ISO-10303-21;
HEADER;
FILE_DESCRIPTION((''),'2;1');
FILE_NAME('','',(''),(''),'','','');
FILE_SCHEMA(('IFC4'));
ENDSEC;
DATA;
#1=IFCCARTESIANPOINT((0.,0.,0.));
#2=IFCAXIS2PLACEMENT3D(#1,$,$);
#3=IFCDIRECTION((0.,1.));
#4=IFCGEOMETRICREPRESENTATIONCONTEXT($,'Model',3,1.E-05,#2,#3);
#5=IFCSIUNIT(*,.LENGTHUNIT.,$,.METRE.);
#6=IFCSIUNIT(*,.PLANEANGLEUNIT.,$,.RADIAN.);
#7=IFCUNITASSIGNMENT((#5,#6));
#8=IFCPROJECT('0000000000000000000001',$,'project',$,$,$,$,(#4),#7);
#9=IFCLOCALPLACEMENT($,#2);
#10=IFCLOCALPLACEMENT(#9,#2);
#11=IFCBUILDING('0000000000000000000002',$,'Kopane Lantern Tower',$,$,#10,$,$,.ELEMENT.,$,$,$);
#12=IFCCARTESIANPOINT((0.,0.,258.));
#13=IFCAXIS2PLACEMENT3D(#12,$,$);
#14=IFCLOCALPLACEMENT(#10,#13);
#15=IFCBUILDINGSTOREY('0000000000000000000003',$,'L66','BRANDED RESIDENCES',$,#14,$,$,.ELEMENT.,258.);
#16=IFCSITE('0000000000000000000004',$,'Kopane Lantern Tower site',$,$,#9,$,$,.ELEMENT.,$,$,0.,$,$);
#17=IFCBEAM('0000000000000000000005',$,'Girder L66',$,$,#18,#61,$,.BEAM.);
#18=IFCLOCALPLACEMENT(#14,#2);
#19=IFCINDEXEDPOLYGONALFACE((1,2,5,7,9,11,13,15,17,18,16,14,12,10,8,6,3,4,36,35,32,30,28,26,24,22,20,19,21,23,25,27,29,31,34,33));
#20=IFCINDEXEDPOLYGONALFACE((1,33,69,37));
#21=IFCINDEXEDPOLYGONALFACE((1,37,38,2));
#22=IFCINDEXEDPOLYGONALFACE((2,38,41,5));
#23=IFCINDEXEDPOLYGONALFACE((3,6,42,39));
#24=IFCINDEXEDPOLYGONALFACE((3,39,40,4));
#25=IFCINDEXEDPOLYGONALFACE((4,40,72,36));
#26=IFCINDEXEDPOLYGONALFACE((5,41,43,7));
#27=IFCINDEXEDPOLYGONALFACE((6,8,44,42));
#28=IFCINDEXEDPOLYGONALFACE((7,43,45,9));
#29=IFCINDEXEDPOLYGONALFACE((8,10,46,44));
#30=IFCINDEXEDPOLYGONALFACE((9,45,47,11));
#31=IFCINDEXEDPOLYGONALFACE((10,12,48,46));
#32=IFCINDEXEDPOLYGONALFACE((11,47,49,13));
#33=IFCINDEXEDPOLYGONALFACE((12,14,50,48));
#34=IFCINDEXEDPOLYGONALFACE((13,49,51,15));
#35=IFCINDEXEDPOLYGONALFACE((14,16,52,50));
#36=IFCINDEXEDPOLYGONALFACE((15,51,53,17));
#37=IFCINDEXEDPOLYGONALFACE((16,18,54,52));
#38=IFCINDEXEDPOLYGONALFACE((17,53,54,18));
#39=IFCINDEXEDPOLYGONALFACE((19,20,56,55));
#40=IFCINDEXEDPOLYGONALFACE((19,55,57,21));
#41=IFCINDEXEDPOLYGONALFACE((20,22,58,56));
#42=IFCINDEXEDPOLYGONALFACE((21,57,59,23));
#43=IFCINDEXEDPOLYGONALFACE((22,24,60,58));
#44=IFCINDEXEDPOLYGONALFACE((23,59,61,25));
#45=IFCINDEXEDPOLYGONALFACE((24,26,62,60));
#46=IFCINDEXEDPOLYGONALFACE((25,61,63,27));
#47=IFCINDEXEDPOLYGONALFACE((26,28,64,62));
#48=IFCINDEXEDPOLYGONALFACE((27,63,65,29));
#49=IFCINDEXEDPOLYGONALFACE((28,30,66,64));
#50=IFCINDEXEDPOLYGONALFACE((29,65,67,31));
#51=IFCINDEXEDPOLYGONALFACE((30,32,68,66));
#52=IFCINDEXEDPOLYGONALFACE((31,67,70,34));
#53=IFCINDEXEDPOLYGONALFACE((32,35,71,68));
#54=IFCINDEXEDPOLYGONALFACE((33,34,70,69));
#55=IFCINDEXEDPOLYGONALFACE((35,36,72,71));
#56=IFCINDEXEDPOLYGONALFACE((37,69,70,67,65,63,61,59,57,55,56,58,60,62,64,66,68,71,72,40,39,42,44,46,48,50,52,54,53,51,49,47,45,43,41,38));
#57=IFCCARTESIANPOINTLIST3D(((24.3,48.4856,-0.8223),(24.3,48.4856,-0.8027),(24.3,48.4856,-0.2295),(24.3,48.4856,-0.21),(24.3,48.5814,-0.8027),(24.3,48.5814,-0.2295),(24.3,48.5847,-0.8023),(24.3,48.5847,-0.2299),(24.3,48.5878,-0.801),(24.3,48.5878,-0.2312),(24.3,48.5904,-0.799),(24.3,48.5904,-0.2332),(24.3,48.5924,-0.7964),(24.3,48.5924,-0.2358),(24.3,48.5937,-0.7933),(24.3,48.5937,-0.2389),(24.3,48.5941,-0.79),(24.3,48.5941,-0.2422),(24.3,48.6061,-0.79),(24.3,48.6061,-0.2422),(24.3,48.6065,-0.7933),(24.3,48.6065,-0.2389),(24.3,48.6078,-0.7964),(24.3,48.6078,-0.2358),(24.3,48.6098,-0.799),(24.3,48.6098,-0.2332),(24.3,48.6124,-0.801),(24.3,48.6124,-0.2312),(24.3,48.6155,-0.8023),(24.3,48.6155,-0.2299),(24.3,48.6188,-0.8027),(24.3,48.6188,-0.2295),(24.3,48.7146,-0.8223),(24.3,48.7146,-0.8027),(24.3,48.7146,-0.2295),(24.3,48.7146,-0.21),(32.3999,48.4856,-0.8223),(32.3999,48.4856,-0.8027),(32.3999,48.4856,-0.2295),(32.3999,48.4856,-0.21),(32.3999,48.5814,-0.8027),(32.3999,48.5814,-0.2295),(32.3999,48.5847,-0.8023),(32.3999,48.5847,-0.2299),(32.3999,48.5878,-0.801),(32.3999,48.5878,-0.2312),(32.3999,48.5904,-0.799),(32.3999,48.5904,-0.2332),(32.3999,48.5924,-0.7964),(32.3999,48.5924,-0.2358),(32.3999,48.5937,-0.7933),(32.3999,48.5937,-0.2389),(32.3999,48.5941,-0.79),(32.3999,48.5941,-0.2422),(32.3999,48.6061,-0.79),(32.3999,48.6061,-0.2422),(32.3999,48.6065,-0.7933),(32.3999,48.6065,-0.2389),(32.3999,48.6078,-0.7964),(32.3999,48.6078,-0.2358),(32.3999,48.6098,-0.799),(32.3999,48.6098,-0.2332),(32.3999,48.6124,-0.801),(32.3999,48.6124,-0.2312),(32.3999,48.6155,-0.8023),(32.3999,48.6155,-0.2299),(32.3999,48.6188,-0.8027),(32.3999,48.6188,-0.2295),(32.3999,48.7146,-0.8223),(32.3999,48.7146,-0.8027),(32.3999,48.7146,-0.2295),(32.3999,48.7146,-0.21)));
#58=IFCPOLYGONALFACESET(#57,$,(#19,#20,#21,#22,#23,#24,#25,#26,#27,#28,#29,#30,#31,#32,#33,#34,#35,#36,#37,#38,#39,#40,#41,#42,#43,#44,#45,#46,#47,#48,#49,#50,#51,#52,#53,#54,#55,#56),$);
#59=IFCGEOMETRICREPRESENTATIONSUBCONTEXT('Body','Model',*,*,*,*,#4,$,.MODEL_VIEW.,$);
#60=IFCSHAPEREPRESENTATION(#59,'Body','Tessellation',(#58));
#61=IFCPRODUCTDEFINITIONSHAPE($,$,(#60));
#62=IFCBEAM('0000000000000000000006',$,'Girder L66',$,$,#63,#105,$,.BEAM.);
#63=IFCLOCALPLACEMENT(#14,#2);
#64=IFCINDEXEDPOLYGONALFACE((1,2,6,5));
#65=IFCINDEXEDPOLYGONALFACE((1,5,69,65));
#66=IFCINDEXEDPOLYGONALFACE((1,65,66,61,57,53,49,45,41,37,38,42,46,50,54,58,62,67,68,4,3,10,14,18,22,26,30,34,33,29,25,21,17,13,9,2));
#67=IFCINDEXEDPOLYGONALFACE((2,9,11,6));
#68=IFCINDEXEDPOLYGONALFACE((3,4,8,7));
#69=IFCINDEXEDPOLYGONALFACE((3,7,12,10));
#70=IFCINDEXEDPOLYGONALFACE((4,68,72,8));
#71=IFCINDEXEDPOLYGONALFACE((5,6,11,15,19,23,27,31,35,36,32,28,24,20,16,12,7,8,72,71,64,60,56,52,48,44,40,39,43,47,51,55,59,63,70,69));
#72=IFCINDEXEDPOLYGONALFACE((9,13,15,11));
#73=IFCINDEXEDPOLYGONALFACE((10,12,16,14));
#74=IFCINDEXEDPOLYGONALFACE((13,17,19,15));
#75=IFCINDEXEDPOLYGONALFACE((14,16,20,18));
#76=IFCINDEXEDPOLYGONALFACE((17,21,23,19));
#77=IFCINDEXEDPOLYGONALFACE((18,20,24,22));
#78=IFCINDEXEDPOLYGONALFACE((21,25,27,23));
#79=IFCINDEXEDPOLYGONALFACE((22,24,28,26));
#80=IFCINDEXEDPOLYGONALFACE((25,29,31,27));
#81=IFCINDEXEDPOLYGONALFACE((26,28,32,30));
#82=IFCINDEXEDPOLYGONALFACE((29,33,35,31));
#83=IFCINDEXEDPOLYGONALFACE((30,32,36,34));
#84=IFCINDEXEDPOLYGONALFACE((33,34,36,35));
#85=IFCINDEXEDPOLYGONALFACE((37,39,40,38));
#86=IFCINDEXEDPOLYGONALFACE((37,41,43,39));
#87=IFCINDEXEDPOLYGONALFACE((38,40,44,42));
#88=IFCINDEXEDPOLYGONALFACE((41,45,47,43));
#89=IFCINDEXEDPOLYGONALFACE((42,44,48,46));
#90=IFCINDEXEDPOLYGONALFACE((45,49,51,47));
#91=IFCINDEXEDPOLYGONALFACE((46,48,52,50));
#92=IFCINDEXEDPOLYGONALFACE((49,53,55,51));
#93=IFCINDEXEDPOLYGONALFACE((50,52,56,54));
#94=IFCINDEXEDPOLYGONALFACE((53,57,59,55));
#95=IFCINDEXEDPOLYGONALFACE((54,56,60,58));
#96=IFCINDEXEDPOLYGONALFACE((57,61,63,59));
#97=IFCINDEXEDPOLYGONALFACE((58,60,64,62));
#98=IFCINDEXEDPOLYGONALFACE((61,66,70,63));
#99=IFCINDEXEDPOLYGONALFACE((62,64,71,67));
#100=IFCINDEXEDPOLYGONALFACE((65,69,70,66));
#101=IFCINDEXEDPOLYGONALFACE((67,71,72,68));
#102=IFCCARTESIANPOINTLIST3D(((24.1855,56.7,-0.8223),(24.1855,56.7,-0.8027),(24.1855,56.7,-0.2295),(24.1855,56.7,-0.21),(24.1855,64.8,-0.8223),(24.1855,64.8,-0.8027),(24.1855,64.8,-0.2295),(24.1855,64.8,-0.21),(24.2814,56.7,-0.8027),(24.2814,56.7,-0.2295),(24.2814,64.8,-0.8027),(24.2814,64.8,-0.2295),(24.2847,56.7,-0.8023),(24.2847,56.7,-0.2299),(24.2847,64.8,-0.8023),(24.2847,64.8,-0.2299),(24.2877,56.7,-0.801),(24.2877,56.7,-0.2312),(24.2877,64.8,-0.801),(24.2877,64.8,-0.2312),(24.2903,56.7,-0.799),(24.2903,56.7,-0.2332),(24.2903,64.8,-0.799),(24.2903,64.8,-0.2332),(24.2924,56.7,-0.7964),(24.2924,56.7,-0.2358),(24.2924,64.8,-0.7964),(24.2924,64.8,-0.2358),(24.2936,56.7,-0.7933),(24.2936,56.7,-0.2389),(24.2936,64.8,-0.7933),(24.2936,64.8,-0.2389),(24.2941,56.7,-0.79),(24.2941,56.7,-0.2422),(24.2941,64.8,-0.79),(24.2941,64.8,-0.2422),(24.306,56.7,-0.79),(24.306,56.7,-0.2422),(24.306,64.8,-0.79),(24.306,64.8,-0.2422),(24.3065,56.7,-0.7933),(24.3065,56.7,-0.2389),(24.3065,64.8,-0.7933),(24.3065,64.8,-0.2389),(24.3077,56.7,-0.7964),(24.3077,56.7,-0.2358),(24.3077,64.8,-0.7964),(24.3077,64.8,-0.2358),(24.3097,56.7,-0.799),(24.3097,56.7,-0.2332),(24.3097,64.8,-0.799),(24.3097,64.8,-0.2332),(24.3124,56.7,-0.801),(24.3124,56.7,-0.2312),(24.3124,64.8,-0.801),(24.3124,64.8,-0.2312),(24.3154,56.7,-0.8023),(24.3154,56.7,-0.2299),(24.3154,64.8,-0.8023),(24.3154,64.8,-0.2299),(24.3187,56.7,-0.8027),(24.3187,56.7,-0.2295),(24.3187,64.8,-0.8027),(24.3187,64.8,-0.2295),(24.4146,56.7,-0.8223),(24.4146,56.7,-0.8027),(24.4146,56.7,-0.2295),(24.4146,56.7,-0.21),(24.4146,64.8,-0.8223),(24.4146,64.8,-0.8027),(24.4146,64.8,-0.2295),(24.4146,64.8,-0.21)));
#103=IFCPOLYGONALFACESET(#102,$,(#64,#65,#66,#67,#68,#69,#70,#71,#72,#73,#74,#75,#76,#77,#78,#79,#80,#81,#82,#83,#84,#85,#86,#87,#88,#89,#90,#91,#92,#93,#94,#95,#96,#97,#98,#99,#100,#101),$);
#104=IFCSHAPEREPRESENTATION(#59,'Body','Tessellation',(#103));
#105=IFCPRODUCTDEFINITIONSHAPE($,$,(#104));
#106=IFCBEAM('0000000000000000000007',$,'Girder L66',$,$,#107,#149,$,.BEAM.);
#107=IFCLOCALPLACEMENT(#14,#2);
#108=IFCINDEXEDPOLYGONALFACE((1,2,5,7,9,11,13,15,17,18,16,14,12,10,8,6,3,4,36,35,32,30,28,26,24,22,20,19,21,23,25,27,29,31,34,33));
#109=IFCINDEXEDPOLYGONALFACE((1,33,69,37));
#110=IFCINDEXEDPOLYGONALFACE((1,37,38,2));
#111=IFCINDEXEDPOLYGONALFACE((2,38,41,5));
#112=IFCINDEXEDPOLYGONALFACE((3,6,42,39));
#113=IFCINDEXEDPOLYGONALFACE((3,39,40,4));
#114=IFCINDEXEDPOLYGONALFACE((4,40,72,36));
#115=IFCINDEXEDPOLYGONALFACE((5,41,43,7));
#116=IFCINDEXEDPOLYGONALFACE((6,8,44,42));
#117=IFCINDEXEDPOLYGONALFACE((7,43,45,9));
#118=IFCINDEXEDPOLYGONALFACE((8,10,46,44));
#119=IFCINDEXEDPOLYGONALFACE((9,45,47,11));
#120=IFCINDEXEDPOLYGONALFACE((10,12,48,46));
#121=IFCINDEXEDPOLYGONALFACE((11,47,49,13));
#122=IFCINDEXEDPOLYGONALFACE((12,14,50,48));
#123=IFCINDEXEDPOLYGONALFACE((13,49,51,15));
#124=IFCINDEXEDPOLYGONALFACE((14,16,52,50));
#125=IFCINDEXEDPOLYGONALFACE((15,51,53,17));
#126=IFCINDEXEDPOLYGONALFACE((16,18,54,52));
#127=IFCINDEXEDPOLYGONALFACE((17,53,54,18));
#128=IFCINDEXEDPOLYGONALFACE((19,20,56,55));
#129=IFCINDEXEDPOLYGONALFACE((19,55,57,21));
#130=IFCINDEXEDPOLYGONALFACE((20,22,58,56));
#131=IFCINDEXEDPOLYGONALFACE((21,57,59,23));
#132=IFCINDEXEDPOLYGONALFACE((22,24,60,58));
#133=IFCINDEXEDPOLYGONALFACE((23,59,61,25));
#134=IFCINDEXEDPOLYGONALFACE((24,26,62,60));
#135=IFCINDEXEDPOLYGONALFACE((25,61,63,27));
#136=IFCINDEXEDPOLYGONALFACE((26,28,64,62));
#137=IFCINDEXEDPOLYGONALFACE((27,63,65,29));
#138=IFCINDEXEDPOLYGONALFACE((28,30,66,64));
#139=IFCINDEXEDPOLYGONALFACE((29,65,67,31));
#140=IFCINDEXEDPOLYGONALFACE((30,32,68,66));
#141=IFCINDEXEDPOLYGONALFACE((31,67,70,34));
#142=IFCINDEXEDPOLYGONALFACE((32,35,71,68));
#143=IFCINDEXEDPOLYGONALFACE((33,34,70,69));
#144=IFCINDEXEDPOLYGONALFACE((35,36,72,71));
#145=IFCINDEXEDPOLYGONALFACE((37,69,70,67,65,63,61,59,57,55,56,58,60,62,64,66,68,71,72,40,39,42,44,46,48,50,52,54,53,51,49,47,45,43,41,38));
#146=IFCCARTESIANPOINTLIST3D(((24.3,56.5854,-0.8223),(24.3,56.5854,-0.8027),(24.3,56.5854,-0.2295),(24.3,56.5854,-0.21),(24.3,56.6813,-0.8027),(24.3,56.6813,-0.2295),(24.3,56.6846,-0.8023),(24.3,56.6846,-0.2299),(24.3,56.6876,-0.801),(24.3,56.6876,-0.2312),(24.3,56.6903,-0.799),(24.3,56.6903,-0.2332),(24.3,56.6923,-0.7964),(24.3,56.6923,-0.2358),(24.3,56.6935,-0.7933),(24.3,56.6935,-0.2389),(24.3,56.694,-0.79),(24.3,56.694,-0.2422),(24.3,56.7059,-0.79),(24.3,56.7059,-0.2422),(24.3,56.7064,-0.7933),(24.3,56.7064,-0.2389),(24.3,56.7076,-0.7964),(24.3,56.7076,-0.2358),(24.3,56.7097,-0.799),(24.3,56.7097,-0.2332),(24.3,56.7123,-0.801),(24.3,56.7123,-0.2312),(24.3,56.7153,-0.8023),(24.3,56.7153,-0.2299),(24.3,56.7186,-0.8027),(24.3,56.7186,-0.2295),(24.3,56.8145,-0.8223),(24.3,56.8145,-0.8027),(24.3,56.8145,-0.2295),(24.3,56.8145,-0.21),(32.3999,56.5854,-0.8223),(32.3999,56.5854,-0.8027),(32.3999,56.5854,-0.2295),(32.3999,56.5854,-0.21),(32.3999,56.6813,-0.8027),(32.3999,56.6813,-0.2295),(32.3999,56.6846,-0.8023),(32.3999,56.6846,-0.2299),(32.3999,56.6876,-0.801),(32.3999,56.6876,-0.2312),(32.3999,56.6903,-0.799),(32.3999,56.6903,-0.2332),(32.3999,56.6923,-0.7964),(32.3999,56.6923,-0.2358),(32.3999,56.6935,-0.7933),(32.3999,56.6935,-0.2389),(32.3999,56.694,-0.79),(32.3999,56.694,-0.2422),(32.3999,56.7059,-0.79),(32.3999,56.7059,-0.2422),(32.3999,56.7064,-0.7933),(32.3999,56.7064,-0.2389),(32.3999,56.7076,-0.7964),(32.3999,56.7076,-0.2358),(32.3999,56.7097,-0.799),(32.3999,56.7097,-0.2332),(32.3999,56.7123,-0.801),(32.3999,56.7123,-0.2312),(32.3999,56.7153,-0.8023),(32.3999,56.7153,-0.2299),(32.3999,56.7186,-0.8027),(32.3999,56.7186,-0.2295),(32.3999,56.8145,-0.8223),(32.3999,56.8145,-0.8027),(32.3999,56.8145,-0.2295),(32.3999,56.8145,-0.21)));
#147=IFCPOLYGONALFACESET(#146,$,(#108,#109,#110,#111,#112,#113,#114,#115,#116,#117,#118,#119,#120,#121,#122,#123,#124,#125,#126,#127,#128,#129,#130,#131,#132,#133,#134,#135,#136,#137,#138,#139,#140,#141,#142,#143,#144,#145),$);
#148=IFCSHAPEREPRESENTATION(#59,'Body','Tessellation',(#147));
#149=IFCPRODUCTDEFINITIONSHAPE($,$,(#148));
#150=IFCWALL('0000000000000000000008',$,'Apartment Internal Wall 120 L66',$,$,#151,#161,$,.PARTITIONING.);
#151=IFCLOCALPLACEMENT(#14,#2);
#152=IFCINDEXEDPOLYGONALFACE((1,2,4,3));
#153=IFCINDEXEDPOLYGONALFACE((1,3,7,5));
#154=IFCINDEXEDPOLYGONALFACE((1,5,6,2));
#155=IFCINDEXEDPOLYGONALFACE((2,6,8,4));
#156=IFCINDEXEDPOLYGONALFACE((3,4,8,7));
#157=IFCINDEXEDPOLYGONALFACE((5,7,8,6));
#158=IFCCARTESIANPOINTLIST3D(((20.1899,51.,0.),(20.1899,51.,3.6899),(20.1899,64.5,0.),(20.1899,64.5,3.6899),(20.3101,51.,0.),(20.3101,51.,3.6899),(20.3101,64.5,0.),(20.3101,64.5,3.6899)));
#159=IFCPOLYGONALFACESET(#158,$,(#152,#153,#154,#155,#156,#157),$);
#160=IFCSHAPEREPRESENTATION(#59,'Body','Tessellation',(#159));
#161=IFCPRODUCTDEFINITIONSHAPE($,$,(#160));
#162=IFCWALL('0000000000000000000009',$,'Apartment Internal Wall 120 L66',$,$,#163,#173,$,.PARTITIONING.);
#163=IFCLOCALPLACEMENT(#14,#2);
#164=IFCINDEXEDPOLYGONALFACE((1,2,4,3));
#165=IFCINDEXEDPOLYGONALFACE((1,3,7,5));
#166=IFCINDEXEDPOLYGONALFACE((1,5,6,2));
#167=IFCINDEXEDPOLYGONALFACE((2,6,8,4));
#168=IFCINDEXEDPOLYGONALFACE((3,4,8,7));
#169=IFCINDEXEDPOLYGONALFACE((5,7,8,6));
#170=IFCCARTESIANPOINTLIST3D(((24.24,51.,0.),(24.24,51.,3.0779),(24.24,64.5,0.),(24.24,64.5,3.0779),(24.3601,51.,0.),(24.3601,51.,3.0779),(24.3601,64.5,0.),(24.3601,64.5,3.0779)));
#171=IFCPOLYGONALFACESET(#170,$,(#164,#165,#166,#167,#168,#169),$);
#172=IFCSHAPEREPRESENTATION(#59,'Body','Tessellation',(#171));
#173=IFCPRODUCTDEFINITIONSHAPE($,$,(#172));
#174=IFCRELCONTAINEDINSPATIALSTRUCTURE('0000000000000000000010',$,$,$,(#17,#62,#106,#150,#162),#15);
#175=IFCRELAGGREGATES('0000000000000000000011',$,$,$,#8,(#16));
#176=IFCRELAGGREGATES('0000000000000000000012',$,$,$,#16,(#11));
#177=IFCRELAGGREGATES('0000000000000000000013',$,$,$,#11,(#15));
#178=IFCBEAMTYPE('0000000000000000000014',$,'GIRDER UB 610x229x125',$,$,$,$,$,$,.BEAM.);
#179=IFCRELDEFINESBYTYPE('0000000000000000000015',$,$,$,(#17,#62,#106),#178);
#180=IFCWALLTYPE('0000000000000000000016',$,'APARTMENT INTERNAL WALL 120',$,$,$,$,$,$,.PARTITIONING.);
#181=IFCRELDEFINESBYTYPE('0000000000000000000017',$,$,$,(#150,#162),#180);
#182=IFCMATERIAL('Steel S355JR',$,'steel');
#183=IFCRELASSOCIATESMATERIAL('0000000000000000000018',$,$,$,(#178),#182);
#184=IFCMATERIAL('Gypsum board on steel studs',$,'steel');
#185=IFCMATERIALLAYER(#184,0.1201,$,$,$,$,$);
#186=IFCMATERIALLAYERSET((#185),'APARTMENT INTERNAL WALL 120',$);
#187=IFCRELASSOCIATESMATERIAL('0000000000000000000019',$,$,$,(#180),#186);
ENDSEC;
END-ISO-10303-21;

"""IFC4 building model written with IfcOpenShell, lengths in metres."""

from ifc_helpers import new_model, si_unit, direction, frame, frame_2d, origin, origin_2d, place, context, subcontext, project, spatial, rectangle, i_section, extrude, material, layer, layer_set, material_profile, profile_set, type_object, element, save


model = new_model("IFC4")

# Units and contexts
model_context = context("Model", 3, precision=1e-05, world=origin(), true_north=direction((0.0, 1.0)))
body_context = subcontext(model_context, "Body", "Model", "MODEL_VIEW")
ifc_project = project(units=[si_unit("LENGTHUNIT", "METRE"), si_unit("PLANEANGLEUNIT", "RADIAN")], contexts=[model_context])

# Site, building, storey
site_placement = place(None, origin())
site = spatial("IfcSite", under=ifc_project, at=site_placement, Name="Kopane Lantern Tower site", CompositionType="ELEMENT", RefElevation=0.0)
building_placement = place(site_placement, origin())
building = spatial("IfcBuilding", under=site, at=building_placement, Name="Kopane Lantern Tower", CompositionType="ELEMENT")
storey_placement = place(building_placement, frame((0.0, 0.0, 258.0)))
storey = spatial("IfcBuildingStorey", under=building, at=storey_placement, Name="L66", Description="BRANDED RESIDENCES", CompositionType="ELEMENT", Elevation=258.0)

# Beams
ifc_material_1 = material(Name="Steel S355JR", Category="steel")
ifc_material_profile_1 = material_profile(ifc_material_1, i_section(OverallWidth=0.229, OverallDepth=0.6123, WebThickness=0.012, FlangeThickness=0.0195, FilletRadius=0.0127, at=origin_2d()), Name="UB 610x229x125")
ifc_profile_set_1 = profile_set([ifc_material_profile_1], Name="Steel S355JR")
beam_type = type_object("IfcBeamType", Name="GIRDER UB 610x229x125", PredefinedType="BEAM", material=ifc_profile_set_1)
for number, where, z_axis, x_axis, name in (
    (1, (24.3, 48.6001, -0.5161), (1.0, 0.0, 0.0), (0.0, 1.0, 0.0), "Girder L66"),
):
    element("IfcBeam", number, at=place(storey_placement, frame(where, z_axis=z_axis, x_axis=x_axis)), inside=storey, type_object=beam_type, Name=name, PredefinedType="BEAM", context=body_context, shape_type="SweptSolid", body=[
        extrude(i_section(OverallWidth=0.229, OverallDepth=0.6123, WebThickness=0.012, FlangeThickness=0.0195, FilletRadius=0.0127, at=origin_2d()), origin(), (0.0, 0.0, 1.0), 8.0999),
    ])
beam_1_placement = place(storey_placement, frame((24.3, 56.7, -0.5161), z_axis=(0.0, 1.0, 0.0), x_axis=(-1.0, 0.0, 0.0)))
element("IfcBeam", 2, at=beam_1_placement, inside=storey, type_object=beam_type, Name="Girder L66", PredefinedType="BEAM", context=body_context, shape_type="SweptSolid", body=[
    extrude(i_section(OverallWidth=0.229, OverallDepth=0.6123, WebThickness=0.012, FlangeThickness=0.0195, FilletRadius=0.0127, at=origin_2d()), origin(), (0.0, 0.0, 1.0), 8.1001),
])
beam_2_placement = place(storey_placement, frame((24.3, 56.7, -0.5161), z_axis=(1.0, 0.0, 0.0), x_axis=(0.0, 1.0, 0.0)))
element("IfcBeam", 3, at=beam_2_placement, inside=storey, type_object=beam_type, Name="Girder L66", PredefinedType="BEAM", context=body_context, shape_type="SweptSolid", body=[
    extrude(i_section(OverallWidth=0.229, OverallDepth=0.6123, WebThickness=0.012, FlangeThickness=0.0195, FilletRadius=0.0127, at=origin_2d()), origin(), (0.0, 0.0, 1.0), 8.0999),
])

# Walls
ifc_material_2 = material(Name="Gypsum board on steel studs", Category="steel")
ifc_layer_1 = layer(ifc_material_2, 0.1201)
ifc_layer_set_1 = layer_set([ifc_layer_1], Name="APARTMENT INTERNAL WALL 120")
wall_type_1 = type_object("IfcWallType", Name="APARTMENT INTERNAL WALL 120", PredefinedType="PARTITIONING", material=ifc_layer_set_1)
wall_1_placement = place(storey_placement, frame((20.25, 51.0, 0.0), z_axis=(0.0, 0.0, 1.0), x_axis=(0.0, 1.0, 0.0)))
element("IfcWall", 4, at=wall_1_placement, inside=storey, type_object=wall_type_1, Name="Apartment Internal Wall 120 L66", PredefinedType="PARTITIONING", context=body_context, shape_type="SweptSolid", body=[
    extrude(rectangle(XDim=13.5, YDim=0.1201, at=frame_2d((6.75, 0.0))), origin(), (0.0, 0.0, 1.0), 3.6899),
])
wall_2_placement = place(storey_placement, frame((24.3, 51.0, 0.0), z_axis=(0.0, 0.0, 1.0), x_axis=(0.0, 1.0, 0.0)))
element("IfcWall", 5, at=wall_2_placement, inside=storey, type_object=wall_type_1, Name="Apartment Internal Wall 120 L66", PredefinedType="PARTITIONING", context=body_context, shape_type="SweptSolid", body=[
    extrude(rectangle(XDim=13.5, YDim=0.1201, at=frame_2d((6.75, 0.0))), origin(), (0.0, 0.0, 1.0), 3.0779),
])

save(model, "model.ifc")
